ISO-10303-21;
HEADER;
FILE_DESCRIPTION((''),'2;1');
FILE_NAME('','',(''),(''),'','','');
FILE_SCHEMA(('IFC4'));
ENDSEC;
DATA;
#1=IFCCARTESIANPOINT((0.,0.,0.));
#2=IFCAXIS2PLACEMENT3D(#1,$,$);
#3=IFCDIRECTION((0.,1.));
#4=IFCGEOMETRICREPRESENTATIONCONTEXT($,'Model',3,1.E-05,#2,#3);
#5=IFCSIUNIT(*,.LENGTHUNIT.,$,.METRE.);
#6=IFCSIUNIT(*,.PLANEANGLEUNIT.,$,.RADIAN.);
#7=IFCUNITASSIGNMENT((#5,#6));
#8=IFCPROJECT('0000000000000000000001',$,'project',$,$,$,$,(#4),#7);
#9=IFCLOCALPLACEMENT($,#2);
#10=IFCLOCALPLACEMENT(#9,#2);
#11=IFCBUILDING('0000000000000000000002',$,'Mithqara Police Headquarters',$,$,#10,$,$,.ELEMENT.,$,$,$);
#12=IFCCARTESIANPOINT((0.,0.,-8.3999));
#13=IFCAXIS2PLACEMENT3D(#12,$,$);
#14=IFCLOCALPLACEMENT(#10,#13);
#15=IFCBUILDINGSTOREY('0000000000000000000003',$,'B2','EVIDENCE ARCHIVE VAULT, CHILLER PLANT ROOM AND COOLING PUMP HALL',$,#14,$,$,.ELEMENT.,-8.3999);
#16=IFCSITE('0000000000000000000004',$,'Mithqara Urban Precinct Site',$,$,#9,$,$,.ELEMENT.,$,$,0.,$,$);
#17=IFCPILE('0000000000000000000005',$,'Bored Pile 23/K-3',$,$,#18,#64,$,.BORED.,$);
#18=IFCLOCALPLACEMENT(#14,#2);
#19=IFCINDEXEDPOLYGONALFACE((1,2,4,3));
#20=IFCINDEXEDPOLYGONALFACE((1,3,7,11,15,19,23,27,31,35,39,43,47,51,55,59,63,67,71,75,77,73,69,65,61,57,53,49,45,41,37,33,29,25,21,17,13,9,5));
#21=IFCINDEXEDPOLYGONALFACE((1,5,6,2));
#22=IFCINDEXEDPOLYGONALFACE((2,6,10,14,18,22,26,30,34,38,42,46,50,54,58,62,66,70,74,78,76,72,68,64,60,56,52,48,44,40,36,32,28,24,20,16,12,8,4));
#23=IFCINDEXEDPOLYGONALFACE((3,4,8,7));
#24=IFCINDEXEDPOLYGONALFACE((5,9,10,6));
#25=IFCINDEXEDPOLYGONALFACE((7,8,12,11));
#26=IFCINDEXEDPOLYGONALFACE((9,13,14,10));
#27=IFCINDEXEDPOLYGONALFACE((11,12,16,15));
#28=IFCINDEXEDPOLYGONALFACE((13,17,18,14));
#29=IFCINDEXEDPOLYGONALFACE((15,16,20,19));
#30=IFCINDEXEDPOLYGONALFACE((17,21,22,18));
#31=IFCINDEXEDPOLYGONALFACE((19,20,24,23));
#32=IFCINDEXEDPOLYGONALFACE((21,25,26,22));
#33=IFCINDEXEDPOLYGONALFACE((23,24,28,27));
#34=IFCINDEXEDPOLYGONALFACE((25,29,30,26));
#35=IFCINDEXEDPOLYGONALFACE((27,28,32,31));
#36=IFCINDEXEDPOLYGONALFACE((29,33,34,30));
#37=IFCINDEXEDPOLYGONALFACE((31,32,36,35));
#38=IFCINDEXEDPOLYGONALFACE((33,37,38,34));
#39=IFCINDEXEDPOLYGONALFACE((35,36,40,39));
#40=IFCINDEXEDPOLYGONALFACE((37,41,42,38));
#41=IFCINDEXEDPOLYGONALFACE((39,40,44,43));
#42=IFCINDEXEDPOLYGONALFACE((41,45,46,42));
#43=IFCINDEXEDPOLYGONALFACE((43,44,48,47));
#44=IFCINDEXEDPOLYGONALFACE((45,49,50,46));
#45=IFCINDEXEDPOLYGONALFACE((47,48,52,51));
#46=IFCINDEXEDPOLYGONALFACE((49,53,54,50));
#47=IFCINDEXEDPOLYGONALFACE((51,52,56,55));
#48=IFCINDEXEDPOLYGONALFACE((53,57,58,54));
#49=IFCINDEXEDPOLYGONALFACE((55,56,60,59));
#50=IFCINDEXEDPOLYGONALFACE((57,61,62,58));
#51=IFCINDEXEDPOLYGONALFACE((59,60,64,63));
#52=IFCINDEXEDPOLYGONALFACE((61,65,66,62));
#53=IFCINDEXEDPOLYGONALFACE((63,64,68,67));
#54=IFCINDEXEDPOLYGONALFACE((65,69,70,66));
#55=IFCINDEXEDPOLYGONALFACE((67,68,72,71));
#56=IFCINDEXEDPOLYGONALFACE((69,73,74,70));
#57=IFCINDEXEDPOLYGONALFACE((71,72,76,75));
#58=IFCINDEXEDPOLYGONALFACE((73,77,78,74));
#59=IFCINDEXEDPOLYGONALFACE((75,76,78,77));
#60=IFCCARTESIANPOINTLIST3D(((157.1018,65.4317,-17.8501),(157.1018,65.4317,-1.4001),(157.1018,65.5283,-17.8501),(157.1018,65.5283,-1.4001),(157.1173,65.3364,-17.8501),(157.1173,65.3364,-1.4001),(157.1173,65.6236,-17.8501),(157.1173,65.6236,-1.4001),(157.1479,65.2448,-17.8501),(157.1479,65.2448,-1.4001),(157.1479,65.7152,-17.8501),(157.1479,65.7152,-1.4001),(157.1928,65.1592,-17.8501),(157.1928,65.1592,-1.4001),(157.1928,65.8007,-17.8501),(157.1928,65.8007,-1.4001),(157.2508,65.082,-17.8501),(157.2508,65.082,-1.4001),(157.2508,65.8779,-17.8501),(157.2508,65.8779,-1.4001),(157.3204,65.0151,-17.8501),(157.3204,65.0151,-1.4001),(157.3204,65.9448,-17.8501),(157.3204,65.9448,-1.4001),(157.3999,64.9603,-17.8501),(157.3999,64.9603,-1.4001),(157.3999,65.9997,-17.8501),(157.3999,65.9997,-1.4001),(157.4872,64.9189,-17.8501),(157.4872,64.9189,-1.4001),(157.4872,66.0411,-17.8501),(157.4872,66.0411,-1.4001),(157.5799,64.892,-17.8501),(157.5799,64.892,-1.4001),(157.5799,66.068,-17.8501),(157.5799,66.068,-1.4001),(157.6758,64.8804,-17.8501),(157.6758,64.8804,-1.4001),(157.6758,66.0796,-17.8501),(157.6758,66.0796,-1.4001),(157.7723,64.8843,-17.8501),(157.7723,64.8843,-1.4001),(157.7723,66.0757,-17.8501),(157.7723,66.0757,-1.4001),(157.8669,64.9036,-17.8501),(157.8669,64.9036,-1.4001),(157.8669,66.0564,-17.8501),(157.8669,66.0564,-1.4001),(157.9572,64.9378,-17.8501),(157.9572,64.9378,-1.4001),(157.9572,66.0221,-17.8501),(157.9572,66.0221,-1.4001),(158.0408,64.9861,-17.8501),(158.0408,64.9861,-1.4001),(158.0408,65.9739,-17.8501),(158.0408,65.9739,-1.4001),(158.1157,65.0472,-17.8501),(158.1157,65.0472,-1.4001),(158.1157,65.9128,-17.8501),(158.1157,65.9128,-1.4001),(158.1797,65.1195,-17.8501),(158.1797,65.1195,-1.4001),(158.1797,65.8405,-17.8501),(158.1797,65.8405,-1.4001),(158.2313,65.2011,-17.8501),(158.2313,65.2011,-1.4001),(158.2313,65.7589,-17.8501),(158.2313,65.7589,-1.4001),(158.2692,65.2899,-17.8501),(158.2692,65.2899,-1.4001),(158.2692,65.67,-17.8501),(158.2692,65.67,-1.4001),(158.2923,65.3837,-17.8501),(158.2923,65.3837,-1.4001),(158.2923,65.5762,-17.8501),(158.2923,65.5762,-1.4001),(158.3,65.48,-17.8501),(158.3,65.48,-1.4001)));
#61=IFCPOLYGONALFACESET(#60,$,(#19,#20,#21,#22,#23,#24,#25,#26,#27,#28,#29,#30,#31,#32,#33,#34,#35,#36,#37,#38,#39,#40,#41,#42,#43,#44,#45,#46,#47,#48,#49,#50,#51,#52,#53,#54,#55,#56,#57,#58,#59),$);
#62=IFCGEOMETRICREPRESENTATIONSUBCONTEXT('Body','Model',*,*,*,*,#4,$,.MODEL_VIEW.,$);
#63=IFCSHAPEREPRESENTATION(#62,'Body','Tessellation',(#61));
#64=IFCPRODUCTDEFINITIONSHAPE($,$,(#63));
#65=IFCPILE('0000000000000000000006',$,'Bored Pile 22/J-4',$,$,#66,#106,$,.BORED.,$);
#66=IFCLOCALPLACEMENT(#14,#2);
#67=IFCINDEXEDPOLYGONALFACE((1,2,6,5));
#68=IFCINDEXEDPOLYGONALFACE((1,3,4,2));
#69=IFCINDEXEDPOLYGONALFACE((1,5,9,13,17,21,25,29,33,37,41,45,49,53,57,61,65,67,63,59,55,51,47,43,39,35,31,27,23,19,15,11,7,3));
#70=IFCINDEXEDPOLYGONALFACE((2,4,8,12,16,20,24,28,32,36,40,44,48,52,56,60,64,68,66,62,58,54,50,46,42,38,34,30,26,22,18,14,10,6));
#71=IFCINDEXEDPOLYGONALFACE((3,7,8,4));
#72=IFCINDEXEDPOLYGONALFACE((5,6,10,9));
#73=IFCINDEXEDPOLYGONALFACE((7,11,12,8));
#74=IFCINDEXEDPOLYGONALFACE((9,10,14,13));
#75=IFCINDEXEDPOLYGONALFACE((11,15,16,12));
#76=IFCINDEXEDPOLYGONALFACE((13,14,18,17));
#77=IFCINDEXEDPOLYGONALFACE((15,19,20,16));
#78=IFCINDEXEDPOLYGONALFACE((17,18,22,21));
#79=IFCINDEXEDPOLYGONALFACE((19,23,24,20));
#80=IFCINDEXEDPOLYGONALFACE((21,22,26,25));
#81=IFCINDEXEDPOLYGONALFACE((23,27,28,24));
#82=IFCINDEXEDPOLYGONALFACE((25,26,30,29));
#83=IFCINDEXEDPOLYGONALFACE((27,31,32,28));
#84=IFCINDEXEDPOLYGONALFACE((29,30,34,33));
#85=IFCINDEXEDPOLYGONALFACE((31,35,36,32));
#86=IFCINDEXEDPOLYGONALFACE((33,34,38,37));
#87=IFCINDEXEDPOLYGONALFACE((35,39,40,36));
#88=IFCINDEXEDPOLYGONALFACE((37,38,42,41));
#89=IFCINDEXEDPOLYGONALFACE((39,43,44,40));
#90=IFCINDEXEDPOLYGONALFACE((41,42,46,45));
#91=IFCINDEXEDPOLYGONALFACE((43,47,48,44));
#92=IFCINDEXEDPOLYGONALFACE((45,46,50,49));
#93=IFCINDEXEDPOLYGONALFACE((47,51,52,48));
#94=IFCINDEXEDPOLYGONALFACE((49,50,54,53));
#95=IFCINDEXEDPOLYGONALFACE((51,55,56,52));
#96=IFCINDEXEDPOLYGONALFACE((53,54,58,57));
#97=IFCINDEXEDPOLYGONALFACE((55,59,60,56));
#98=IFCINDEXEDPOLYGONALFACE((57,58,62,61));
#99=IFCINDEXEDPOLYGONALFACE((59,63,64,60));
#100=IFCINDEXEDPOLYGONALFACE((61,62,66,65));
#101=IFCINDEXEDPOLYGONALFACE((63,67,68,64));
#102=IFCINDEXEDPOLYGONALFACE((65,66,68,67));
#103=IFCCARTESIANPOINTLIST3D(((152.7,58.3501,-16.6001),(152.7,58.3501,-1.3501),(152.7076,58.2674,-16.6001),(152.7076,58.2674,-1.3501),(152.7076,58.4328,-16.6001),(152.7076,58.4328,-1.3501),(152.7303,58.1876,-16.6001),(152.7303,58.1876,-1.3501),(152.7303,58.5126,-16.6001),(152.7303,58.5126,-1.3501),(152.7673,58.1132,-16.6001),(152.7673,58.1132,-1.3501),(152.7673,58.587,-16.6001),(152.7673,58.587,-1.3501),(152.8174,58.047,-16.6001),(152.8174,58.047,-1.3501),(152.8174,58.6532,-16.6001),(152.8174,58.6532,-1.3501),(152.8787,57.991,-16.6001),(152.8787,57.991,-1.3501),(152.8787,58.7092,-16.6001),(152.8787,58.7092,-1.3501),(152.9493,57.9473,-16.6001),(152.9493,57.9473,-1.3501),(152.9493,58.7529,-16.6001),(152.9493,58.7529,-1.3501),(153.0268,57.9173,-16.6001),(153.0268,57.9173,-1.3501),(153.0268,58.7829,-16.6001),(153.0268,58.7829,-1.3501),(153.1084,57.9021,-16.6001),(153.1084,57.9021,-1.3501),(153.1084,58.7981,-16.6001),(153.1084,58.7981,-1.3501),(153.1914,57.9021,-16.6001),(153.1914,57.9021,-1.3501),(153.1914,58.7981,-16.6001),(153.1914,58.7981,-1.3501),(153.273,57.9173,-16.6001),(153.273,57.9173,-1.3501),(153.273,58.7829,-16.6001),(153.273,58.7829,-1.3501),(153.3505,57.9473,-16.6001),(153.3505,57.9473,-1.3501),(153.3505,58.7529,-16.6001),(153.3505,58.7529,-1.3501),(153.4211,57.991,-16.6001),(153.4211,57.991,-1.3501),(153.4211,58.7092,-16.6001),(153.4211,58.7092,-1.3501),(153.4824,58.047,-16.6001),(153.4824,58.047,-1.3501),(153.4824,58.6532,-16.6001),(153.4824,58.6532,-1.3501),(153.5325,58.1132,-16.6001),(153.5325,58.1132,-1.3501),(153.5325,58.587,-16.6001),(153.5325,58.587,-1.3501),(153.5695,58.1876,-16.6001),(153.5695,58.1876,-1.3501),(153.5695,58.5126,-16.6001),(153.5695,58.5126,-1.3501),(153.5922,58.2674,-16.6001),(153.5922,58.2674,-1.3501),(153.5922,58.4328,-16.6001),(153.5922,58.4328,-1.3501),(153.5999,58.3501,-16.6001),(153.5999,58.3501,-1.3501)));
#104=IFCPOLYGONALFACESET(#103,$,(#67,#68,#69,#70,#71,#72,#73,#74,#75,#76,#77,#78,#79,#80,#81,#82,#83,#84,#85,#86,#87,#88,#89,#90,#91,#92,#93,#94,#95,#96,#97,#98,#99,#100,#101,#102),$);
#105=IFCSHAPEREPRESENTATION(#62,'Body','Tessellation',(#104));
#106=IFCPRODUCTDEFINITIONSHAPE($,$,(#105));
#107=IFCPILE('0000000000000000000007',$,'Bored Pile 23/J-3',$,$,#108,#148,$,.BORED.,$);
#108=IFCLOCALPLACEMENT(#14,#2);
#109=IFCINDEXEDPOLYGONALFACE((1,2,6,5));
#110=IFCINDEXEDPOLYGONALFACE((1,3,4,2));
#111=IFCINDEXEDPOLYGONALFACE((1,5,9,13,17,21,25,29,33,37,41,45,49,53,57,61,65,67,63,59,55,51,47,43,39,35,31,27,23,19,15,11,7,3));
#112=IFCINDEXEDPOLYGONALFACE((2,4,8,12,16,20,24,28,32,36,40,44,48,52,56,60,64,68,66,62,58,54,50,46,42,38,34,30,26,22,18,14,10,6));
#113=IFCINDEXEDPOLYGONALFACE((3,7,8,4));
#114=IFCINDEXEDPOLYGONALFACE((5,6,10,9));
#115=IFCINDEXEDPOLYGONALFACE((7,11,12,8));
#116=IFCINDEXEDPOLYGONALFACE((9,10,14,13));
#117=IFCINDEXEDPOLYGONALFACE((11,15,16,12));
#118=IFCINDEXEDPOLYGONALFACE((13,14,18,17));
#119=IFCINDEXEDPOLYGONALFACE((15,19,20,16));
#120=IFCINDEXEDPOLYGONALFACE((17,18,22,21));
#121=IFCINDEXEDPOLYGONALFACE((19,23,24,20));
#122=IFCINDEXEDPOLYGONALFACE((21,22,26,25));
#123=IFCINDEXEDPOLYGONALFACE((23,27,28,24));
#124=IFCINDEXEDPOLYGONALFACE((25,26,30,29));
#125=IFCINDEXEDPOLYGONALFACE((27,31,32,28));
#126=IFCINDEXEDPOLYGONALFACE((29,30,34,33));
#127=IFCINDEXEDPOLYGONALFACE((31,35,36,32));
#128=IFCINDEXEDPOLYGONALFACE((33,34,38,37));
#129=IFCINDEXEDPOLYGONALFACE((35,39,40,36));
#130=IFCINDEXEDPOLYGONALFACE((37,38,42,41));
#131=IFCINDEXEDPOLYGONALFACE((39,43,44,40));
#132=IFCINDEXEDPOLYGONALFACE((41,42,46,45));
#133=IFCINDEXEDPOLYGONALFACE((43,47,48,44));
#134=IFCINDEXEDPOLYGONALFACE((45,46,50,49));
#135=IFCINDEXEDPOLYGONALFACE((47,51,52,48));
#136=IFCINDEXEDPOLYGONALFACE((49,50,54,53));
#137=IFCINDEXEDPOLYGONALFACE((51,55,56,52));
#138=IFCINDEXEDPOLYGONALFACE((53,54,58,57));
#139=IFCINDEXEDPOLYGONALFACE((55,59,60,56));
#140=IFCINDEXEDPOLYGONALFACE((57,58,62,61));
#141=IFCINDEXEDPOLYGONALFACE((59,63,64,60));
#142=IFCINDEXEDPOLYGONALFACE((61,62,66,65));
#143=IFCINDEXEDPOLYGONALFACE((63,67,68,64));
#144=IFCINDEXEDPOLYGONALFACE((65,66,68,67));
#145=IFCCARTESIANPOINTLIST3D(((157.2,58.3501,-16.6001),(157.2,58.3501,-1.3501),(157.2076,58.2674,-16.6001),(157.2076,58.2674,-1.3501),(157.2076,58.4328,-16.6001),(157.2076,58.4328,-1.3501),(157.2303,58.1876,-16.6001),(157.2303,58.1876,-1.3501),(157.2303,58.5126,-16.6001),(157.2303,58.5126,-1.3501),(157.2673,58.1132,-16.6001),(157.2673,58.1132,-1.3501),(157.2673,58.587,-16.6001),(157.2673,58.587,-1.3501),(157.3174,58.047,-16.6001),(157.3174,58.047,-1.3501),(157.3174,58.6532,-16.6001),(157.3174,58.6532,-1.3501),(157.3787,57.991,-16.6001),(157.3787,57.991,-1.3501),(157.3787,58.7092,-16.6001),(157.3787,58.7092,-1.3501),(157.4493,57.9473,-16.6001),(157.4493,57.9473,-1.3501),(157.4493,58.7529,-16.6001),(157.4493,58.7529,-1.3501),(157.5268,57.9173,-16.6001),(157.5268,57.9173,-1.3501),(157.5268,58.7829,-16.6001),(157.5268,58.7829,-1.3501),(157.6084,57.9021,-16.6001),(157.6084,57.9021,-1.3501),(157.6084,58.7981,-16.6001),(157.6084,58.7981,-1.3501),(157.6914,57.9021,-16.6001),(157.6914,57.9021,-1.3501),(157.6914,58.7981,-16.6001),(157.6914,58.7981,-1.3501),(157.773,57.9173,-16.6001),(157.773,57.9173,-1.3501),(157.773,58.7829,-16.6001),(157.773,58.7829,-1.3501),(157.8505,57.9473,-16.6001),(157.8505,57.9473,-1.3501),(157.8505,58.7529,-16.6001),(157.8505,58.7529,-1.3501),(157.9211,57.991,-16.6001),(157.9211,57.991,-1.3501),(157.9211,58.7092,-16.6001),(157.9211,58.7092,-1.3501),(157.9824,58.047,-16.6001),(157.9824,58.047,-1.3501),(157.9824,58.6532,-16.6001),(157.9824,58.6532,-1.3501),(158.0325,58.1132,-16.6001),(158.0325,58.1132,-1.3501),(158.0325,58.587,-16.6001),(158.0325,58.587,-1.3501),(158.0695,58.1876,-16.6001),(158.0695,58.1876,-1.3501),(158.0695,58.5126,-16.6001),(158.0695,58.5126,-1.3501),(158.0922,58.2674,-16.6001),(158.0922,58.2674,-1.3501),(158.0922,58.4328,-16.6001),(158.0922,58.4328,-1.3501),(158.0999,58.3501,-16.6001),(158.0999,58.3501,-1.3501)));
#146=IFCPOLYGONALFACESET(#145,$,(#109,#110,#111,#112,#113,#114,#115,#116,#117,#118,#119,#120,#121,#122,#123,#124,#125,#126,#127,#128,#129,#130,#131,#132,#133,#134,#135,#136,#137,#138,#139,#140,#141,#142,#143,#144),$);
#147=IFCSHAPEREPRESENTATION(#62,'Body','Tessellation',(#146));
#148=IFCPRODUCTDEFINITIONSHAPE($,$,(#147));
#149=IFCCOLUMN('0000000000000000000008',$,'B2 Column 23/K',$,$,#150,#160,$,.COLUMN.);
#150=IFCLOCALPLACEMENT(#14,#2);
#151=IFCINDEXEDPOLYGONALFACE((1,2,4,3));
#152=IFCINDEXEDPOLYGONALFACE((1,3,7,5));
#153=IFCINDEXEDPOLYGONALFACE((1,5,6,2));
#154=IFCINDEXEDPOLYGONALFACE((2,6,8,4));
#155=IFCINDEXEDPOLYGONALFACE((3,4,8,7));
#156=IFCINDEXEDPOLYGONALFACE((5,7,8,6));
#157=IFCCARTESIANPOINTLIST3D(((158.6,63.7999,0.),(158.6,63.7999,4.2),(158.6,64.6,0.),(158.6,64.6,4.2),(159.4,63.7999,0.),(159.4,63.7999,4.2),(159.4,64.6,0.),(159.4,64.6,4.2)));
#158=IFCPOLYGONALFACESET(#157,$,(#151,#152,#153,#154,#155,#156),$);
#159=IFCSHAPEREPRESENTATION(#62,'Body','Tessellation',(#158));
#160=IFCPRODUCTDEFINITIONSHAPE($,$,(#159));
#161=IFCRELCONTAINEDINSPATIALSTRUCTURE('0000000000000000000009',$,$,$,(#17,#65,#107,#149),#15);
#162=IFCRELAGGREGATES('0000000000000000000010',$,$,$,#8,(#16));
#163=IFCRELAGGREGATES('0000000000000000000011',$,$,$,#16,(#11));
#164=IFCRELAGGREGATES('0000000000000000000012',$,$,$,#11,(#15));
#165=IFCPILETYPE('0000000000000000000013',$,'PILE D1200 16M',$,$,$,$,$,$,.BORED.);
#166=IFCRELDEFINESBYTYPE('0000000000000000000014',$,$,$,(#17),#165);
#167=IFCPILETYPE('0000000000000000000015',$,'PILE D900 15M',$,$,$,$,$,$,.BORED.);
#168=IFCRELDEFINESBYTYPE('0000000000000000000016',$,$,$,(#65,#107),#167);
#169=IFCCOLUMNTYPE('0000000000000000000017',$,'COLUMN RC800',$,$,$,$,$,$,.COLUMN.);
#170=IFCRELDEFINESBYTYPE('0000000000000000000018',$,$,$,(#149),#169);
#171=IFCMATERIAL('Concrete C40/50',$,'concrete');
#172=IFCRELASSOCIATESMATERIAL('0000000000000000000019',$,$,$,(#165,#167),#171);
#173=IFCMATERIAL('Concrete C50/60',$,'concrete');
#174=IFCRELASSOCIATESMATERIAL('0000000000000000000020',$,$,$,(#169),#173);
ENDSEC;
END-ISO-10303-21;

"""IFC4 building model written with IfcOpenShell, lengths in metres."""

from ifc_helpers import new_model, si_unit, direction, frame, origin, origin_2d, place, context, subcontext, project, spatial, rectangle, circle, extrude, material, material_profile, profile_set, type_object, element, save


model = new_model("IFC4")

# Units and contexts
model_context = context("Model", 3, precision=1e-05, world=origin(), true_north=direction((0.0, 1.0)))
body_context = subcontext(model_context, "Body", "Model", "MODEL_VIEW")
ifc_project = project(units=[si_unit("LENGTHUNIT", "METRE"), si_unit("PLANEANGLEUNIT", "RADIAN")], contexts=[model_context])

# Site, building, storey
site_placement = place(None, origin())
site = spatial("IfcSite", under=ifc_project, at=site_placement, Name="Mithqara Urban Precinct Site", CompositionType="ELEMENT", RefElevation=0.0)
building_placement = place(site_placement, origin())
building = spatial("IfcBuilding", under=site, at=building_placement, Name="Mithqara Police Headquarters", CompositionType="ELEMENT")
storey_placement = place(building_placement, frame((0.0, 0.0, -8.3999)))
storey = spatial("IfcBuildingStorey", under=building, at=storey_placement, Name="B2", Description="EVIDENCE ARCHIVE VAULT, CHILLER PLANT ROOM AND COOLING PUMP HALL", CompositionType="ELEMENT", Elevation=-8.3999)

# Shared definitions
ifc_material_1 = material(Name="Concrete C40/50", Category="concrete")

# Piles
ifc_material_profile_1 = material_profile(ifc_material_1, circle(Radius=0.6001, at=origin_2d()), Name="PILE D1200")
ifc_profile_set_1 = profile_set([ifc_material_profile_1], Name="Concrete C40/50")
pile_type_1 = type_object("IfcPileType", Name="PILE D1200 16M", PredefinedType="BORED", material=ifc_profile_set_1)
for number, where, z_axis, x_axis, name in (
    (1, (157.7, 65.48, -1.4001), (0.0, 0.0, -1.0), (1.0, 0.0, 0.0), "Bored Pile 23/K-3"),
):
    element("IfcPile", number, at=place(storey_placement, frame(where, z_axis=z_axis, x_axis=x_axis)), inside=storey, type_object=pile_type_1, Name=name, PredefinedType="BORED", context=body_context, shape_type="SweptSolid", body=[
        extrude(circle(Radius=0.6001, at=origin_2d()), origin(), (0.0, 0.0, 1.0), 16.45),
    ])
ifc_material_profile_2 = material_profile(ifc_material_1, circle(Radius=0.45, at=origin_2d()), Name="PILE D900")
ifc_profile_set_2 = profile_set([ifc_material_profile_2], Name="Concrete C40/50")
pile_type_2 = type_object("IfcPileType", Name="PILE D900 15M", PredefinedType="BORED", material=ifc_profile_set_2)
for number, where, z_axis, x_axis, name in (
    (2, (153.1499, 58.3501, -1.3501), (0.0, 0.0, -1.0), (1.0, 0.0, 0.0), "Bored Pile 22/J-4"),
    (3, (157.6499, 58.3501, -1.3501), (0.0, 0.0, -1.0), (1.0, 0.0, 0.0), "Bored Pile 23/J-3"),
):
    element("IfcPile", number, at=place(storey_placement, frame(where, z_axis=z_axis, x_axis=x_axis)), inside=storey, type_object=pile_type_2, Name=name, PredefinedType="BORED", context=body_context, shape_type="SweptSolid", body=[
        extrude(circle(Radius=0.45, at=origin_2d()), origin(), (0.0, 0.0, 1.0), 15.25),
    ])

# Column
ifc_material_2 = material(Name="Concrete C50/60", Category="concrete")
ifc_material_profile_3 = material_profile(ifc_material_2, rectangle(XDim=0.8, YDim=0.8, at=origin_2d()), Name="RC 800x800")
ifc_profile_set_3 = profile_set([ifc_material_profile_3], Name="Concrete C50/60")
column_type = type_object("IfcColumnType", Name="COLUMN RC800", PredefinedType="COLUMN", material=ifc_profile_set_3)
column_placement = place(storey_placement, frame((159.0, 64.2, 0.0), z_axis=(0.0, 0.0, 1.0), x_axis=(1.0, 0.0, 0.0)))
element("IfcColumn", 4, at=column_placement, inside=storey, type_object=column_type, Name="B2 Column 23/K", PredefinedType="COLUMN", context=body_context, shape_type="SweptSolid", body=[
    extrude(rectangle(XDim=0.8, YDim=0.8, at=origin_2d()), origin(), (0.0, 0.0, 1.0), 4.2),
])

save(model, "model.ifc")
